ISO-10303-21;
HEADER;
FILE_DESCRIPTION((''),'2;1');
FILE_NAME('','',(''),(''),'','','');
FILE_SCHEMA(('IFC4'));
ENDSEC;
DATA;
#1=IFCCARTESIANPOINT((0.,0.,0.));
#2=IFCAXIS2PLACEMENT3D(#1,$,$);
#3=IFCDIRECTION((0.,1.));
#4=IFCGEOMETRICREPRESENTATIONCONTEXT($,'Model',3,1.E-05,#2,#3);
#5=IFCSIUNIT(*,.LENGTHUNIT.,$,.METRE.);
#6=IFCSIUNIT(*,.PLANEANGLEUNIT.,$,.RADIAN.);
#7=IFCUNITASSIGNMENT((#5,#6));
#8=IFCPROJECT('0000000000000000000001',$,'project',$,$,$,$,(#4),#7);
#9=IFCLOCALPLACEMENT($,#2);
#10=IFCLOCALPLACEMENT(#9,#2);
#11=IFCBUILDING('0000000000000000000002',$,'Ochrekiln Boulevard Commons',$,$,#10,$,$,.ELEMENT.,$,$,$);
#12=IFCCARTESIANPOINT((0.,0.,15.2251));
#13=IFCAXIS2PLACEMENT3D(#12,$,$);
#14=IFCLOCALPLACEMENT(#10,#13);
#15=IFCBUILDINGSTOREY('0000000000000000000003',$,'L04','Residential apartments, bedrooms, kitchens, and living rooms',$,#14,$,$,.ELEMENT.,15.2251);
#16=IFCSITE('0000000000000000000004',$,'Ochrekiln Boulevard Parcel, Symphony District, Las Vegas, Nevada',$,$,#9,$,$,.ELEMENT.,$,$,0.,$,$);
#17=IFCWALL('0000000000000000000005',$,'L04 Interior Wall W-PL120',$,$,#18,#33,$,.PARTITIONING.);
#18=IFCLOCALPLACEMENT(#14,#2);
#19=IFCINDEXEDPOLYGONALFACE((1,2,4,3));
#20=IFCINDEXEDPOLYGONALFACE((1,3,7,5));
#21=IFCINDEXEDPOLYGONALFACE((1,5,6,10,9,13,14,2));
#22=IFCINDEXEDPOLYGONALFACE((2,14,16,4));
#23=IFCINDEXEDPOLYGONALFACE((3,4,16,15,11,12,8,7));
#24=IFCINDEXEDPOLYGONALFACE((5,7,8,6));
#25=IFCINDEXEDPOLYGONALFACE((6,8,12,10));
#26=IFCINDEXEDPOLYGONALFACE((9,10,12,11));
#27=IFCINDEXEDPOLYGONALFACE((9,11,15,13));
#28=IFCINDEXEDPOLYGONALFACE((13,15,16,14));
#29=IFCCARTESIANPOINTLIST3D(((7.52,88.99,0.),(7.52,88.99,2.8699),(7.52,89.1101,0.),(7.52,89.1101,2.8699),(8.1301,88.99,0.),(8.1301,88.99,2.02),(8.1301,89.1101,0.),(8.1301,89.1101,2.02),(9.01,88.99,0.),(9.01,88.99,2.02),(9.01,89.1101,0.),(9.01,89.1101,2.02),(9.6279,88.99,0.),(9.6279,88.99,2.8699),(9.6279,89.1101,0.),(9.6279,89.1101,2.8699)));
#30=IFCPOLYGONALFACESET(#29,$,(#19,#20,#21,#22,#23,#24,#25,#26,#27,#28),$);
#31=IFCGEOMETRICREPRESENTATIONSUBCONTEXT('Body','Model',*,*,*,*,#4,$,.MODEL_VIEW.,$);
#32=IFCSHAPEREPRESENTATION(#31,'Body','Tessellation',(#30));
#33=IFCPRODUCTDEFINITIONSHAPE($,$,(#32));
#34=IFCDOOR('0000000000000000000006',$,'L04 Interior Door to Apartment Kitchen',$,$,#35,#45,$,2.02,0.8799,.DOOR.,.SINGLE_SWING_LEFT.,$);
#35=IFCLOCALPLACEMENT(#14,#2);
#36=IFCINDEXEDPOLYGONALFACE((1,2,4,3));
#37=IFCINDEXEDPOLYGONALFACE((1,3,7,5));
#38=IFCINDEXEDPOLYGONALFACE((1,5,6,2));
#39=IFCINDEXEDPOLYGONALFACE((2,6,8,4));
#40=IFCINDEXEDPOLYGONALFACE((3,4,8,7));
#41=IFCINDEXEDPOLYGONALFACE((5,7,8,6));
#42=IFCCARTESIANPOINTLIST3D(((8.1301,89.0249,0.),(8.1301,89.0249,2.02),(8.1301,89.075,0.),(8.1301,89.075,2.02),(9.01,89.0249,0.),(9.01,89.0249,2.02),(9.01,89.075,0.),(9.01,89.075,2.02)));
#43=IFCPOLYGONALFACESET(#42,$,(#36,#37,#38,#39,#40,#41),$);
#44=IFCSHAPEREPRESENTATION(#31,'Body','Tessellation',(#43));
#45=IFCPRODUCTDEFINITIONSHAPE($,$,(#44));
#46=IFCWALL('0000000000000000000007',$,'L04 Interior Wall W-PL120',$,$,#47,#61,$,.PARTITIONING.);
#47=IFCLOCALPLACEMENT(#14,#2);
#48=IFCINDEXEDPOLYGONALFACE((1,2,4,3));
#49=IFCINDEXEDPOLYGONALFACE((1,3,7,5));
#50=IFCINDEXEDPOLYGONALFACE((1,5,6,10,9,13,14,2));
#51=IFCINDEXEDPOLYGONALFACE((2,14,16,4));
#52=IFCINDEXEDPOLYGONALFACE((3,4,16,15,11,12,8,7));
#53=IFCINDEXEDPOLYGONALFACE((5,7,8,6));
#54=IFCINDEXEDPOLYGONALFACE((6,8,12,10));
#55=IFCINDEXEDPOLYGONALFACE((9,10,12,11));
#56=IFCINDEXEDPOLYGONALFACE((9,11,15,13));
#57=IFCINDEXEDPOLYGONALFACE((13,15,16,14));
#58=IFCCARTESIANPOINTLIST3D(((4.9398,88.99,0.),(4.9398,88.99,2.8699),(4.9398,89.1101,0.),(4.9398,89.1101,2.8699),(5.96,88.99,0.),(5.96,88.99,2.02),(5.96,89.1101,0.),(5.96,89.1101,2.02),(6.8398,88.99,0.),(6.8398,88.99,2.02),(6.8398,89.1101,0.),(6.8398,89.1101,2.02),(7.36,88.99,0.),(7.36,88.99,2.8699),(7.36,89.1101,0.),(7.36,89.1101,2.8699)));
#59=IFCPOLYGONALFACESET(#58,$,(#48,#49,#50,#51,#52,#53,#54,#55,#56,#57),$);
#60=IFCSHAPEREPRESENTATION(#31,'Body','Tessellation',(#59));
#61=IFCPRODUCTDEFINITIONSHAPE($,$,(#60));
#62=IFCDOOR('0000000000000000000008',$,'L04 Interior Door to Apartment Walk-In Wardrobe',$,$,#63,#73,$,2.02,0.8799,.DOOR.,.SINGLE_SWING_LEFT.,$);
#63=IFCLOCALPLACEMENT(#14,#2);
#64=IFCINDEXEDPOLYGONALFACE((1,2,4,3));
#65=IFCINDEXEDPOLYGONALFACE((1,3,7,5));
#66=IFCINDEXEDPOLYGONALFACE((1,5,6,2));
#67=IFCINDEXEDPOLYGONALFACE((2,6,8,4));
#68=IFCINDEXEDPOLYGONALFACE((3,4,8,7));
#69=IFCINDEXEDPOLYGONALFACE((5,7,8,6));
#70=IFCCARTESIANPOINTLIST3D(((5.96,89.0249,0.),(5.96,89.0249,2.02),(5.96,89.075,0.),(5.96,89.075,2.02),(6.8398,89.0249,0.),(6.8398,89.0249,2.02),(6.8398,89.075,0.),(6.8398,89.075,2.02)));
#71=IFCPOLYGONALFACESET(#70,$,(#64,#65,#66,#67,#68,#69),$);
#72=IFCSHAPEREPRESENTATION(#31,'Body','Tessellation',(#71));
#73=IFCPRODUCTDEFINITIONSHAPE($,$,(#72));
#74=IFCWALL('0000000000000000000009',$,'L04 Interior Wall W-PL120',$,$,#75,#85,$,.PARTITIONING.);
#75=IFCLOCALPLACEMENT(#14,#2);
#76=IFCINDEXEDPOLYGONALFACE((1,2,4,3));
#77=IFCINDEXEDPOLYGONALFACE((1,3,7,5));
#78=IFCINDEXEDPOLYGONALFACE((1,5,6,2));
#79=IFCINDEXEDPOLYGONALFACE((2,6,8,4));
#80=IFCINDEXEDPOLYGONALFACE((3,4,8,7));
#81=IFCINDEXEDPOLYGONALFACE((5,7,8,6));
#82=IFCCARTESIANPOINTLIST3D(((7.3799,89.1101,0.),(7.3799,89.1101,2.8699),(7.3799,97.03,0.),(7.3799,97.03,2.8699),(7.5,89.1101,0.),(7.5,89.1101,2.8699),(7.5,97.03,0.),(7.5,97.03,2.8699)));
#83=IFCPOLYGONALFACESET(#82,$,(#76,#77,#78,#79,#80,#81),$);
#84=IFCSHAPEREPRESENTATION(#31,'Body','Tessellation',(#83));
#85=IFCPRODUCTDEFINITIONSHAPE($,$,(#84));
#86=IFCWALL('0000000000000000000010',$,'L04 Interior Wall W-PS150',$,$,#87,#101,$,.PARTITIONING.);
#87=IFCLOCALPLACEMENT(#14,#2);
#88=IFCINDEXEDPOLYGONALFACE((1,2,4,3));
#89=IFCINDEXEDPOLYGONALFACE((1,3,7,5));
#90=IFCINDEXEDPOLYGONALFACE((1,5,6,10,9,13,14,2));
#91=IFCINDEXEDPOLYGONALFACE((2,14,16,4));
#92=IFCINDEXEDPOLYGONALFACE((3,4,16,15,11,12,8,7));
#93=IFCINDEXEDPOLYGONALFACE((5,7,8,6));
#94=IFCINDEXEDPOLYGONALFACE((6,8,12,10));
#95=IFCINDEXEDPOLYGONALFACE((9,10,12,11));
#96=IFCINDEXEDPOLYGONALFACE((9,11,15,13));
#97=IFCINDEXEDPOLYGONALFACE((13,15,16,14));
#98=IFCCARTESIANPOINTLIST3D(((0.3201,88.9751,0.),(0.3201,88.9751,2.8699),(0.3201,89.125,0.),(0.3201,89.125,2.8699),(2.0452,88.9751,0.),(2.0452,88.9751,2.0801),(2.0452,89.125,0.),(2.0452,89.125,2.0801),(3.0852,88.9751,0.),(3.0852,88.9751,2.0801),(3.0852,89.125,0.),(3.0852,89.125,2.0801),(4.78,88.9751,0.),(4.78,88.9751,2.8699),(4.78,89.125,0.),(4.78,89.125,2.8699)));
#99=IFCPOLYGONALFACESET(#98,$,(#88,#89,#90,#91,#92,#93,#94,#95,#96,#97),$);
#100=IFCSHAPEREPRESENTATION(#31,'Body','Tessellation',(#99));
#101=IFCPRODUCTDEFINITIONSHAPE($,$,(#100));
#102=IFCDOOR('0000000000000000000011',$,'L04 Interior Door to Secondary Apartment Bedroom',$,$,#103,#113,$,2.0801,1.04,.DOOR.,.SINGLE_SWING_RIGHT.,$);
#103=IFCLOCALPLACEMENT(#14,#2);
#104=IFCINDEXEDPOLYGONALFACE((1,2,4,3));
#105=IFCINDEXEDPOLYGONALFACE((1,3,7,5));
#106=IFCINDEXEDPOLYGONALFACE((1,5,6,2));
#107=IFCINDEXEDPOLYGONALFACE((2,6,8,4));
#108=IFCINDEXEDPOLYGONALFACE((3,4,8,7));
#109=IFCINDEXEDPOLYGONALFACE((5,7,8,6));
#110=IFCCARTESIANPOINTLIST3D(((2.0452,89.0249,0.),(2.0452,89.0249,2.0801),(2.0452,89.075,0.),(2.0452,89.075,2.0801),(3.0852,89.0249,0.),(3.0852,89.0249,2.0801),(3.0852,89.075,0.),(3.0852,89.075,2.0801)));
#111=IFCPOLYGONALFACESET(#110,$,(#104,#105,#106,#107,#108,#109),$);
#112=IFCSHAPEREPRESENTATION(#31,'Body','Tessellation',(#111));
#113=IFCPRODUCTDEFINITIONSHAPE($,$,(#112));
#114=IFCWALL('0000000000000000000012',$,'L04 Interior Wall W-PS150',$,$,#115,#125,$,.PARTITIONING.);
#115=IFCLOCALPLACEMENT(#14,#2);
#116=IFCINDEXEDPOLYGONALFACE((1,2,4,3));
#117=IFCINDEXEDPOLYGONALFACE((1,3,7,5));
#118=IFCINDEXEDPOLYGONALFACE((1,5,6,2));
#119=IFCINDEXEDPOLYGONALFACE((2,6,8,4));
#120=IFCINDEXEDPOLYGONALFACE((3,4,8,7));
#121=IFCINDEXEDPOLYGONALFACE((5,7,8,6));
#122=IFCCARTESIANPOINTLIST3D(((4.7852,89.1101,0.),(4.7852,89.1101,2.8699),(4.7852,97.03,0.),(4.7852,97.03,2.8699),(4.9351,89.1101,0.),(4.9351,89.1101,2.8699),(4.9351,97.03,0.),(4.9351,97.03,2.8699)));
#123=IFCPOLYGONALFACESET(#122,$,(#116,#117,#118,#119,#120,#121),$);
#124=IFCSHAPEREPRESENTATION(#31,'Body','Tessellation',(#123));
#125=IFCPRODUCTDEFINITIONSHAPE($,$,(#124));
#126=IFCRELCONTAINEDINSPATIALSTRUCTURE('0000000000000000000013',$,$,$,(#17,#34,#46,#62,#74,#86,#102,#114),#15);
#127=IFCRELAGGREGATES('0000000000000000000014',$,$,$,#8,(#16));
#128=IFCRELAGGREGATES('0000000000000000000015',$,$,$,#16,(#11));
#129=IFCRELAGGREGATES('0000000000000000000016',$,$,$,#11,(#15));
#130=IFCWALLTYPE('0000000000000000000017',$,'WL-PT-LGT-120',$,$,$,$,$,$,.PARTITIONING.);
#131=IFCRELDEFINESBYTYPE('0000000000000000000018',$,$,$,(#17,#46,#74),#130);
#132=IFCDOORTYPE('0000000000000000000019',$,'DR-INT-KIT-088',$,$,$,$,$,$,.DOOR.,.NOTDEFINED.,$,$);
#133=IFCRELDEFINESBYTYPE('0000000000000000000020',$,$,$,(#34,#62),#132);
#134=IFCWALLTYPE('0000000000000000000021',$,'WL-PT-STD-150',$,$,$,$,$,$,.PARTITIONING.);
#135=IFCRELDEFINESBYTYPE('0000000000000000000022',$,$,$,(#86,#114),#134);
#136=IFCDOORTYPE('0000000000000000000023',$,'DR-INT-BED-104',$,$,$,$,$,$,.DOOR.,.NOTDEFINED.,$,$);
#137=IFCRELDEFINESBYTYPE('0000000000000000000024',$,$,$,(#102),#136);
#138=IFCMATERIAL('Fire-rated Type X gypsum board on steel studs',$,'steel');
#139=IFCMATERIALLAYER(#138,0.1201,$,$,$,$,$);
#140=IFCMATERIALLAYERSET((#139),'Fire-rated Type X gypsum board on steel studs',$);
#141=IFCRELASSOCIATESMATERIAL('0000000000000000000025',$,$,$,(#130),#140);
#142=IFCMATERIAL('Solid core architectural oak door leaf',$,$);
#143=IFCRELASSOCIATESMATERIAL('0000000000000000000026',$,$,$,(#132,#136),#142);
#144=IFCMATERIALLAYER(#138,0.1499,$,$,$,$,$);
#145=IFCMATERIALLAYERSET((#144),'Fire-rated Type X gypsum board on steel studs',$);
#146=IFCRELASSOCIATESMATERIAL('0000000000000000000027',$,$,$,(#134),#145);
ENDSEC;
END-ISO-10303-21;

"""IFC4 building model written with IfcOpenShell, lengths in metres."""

from ifc_helpers import new_model, si_unit, direction, frame, frame_2d, origin, place, context, subcontext, project, spatial, rectangle, extrude, material, layer, layer_set, type_object, element, fill, save


model = new_model("IFC4")

# Units and contexts
model_context = context("Model", 3, precision=1e-05, world=origin(), true_north=direction((0.0, 1.0)))
body_context = subcontext(model_context, "Body", "Model", "MODEL_VIEW")
ifc_project = project(units=[si_unit("LENGTHUNIT", "METRE"), si_unit("PLANEANGLEUNIT", "RADIAN")], contexts=[model_context])

# Site, building, storey
site_placement = place(None, origin())
site = spatial("IfcSite", under=ifc_project, at=site_placement, Name="Ochrekiln Boulevard Parcel, Symphony District, Las Vegas, Nevada", CompositionType="ELEMENT", RefElevation=0.0)
building_placement = place(site_placement, origin())
building = spatial("IfcBuilding", under=site, at=building_placement, Name="Ochrekiln Boulevard Commons", CompositionType="ELEMENT")
storey_placement = place(building_placement, frame((0.0, 0.0, 15.2251)))
storey = spatial("IfcBuildingStorey", under=building, at=storey_placement, Name="L04", Description="Residential apartments, bedrooms, kitchens, and living rooms", CompositionType="ELEMENT", Elevation=15.2251)

# Shared definitions
ifc_material_1 = material(Name="Fire-rated Type X gypsum board on steel studs", Category="steel")
ifc_material_2 = material(Name="Solid core architectural oak door leaf")

# Walls, openings, doors
ifc_layer_1 = layer(ifc_material_1, 0.1201)
ifc_layer_set_1 = layer_set([ifc_layer_1], Name="Fire-rated Type X gypsum board on steel studs")
wall_type_1 = type_object("IfcWallType", Name="WL-PT-LGT-120", PredefinedType="PARTITIONING", material=ifc_layer_set_1)
wall_1_placement = place(storey_placement, frame((7.52, 89.05, 0.0), z_axis=(0.0, 0.0, 1.0), x_axis=(1.0, 0.0, 0.0)))
wall_1 = element("IfcWall", 1, at=wall_1_placement, inside=storey, type_object=wall_type_1, Name="L04 Interior Wall W-PL120", PredefinedType="PARTITIONING", context=body_context, shape_type="SweptSolid", body=[
    extrude(rectangle(XDim=2.1079, YDim=0.1201, at=frame_2d((1.054, 0.0))), origin(), (0.0, 0.0, 1.0), 2.8699),
])
opening_1_placement = place(wall_1_placement, frame((0.6101, 0.0, 0.0)))
opening_1 = element("IfcOpeningElement", 2, at=opening_1_placement, cuts=wall_1, PredefinedType="OPENING", context=body_context, shape_type="SweptSolid", body=[
    extrude(rectangle(XDim=0.8799, YDim=2.02, at=frame_2d((0.4399, 1.01))), frame((0.0, 0.0701, 0.0), z_axis=(0.0, -1.0, 0.0), x_axis=(1.0, 0.0, 0.0)), (0.0, 0.0, 1.0), 0.1401),
])
door_type_1 = type_object("IfcDoorType", Name="DR-INT-KIT-088", OperationType="NOTDEFINED", PredefinedType="DOOR", material=ifc_material_2)
door_1_placement = place(opening_1_placement, origin())
door_1 = element("IfcDoor", 3, at=door_1_placement, inside=storey, type_object=door_type_1, Name="L04 Interior Door to Apartment Kitchen", OperationType="SINGLE_SWING_LEFT", OverallHeight=2.02, OverallWidth=0.8799, PredefinedType="DOOR", context=body_context, shape_type="SweptSolid", body=[
    extrude(rectangle(XDim=0.8799, YDim=2.02, at=frame_2d((0.4399, 1.01))), frame((0.0, 0.0249, 0.0), z_axis=(0.0, -1.0, 0.0), x_axis=(1.0, 0.0, 0.0)), (0.0, 0.0, 1.0), 0.05),
])
fill(opening_1, door_1)
wall_2_placement = place(storey_placement, frame((4.9399, 89.05, 0.0), z_axis=(0.0, 0.0, 1.0), x_axis=(1.0, 0.0, 0.0)))
wall_2 = element("IfcWall", 4, at=wall_2_placement, inside=storey, type_object=wall_type_1, Name="L04 Interior Wall W-PL120", PredefinedType="PARTITIONING", context=body_context, shape_type="SweptSolid", body=[
    extrude(rectangle(XDim=2.4202, YDim=0.1201, at=frame_2d((1.21, 0.0))), origin(), (0.0, 0.0, 1.0), 2.8699),
])
opening_2_placement = place(wall_2_placement, frame((1.02, 0.0, 0.0)))
opening_2 = element("IfcOpeningElement", 5, at=opening_2_placement, cuts=wall_2, PredefinedType="OPENING", context=body_context, shape_type="SweptSolid", body=[
    extrude(rectangle(XDim=0.8799, YDim=2.02, at=frame_2d((0.4399, 1.01))), frame((0.0, 0.0701, 0.0), z_axis=(0.0, -1.0, 0.0), x_axis=(1.0, 0.0, 0.0)), (0.0, 0.0, 1.0), 0.1401),
])
door_2_placement = place(opening_2_placement, origin())
door_2 = element("IfcDoor", 6, at=door_2_placement, inside=storey, type_object=door_type_1, Name="L04 Interior Door to Apartment Walk-In Wardrobe", OperationType="SINGLE_SWING_LEFT", OverallHeight=2.02, OverallWidth=0.8799, PredefinedType="DOOR", context=body_context, shape_type="SweptSolid", body=[
    extrude(rectangle(XDim=0.8799, YDim=2.02, at=frame_2d((0.4399, 1.01))), frame((0.0, 0.0249, 0.0), z_axis=(0.0, -1.0, 0.0), x_axis=(1.0, 0.0, 0.0)), (0.0, 0.0, 1.0), 0.05),
])
fill(opening_2, door_2)

# Wall
wall_3_placement = place(storey_placement, frame((7.4399, 89.1101, 0.0), z_axis=(0.0, 0.0, 1.0), x_axis=(0.0, 1.0, 0.0)))
element("IfcWall", 7, at=wall_3_placement, inside=storey, type_object=wall_type_1, Name="L04 Interior Wall W-PL120", PredefinedType="PARTITIONING", context=body_context, shape_type="SweptSolid", body=[
    extrude(rectangle(XDim=7.9199, YDim=0.1201, at=frame_2d((3.96, 0.0))), origin(), (0.0, 0.0, 1.0), 2.8699),
])

# Wall, opening, door
ifc_layer_2 = layer(ifc_material_1, 0.1499)
ifc_layer_set_2 = layer_set([ifc_layer_2], Name="Fire-rated Type X gypsum board on steel studs")
wall_type_2 = type_object("IfcWallType", Name="WL-PT-STD-150", PredefinedType="PARTITIONING", material=ifc_layer_set_2)
wall_4_placement = place(storey_placement, frame((0.3201, 89.05, 0.0), z_axis=(0.0, 0.0, 1.0), x_axis=(1.0, 0.0, 0.0)))
wall_4 = element("IfcWall", 8, at=wall_4_placement, inside=storey, type_object=wall_type_2, Name="L04 Interior Wall W-PS150", PredefinedType="PARTITIONING", context=body_context, shape_type="SweptSolid", body=[
    extrude(rectangle(XDim=4.46, YDim=0.1499, at=frame_2d((2.23, 0.0))), origin(), (0.0, 0.0, 1.0), 2.8699),
])
opening_3_placement = place(wall_4_placement, frame((1.7251, 0.0, 0.0)))
opening_3 = element("IfcOpeningElement", 9, at=opening_3_placement, cuts=wall_4, PredefinedType="OPENING", context=body_context, shape_type="SweptSolid", body=[
    extrude(rectangle(XDim=1.04, YDim=2.0801, at=frame_2d((0.52, 1.04))), frame((0.0, 0.085, 0.0), z_axis=(0.0, -1.0, 0.0), x_axis=(1.0, 0.0, 0.0)), (0.0, 0.0, 1.0), 0.1699),
])
door_type_2 = type_object("IfcDoorType", Name="DR-INT-BED-104", OperationType="NOTDEFINED", PredefinedType="DOOR", material=ifc_material_2)
door_3_placement = place(opening_3_placement, origin())
door_3 = element("IfcDoor", 10, at=door_3_placement, inside=storey, type_object=door_type_2, Name="L04 Interior Door to Secondary Apartment Bedroom", OperationType="SINGLE_SWING_RIGHT", OverallHeight=2.0801, OverallWidth=1.04, PredefinedType="DOOR", context=body_context, shape_type="SweptSolid", body=[
    extrude(rectangle(XDim=1.04, YDim=2.0801, at=frame_2d((0.52, 1.04))), frame((0.0, 0.0249, 0.0), z_axis=(0.0, -1.0, 0.0), x_axis=(1.0, 0.0, 0.0)), (0.0, 0.0, 1.0), 0.05),
])
fill(opening_3, door_3)

# Wall
wall_5_placement = place(storey_placement, frame((4.8601, 89.1101, 0.0), z_axis=(0.0, 0.0, 1.0), x_axis=(0.0, 1.0, 0.0)))
element("IfcWall", 11, at=wall_5_placement, inside=storey, type_object=wall_type_2, Name="L04 Interior Wall W-PS150", PredefinedType="PARTITIONING", context=body_context, shape_type="SweptSolid", body=[
    extrude(rectangle(XDim=7.9199, YDim=0.1499, at=frame_2d((3.96, 0.0))), origin(), (0.0, 0.0, 1.0), 2.8699),
])

save(model, "model.ifc")
